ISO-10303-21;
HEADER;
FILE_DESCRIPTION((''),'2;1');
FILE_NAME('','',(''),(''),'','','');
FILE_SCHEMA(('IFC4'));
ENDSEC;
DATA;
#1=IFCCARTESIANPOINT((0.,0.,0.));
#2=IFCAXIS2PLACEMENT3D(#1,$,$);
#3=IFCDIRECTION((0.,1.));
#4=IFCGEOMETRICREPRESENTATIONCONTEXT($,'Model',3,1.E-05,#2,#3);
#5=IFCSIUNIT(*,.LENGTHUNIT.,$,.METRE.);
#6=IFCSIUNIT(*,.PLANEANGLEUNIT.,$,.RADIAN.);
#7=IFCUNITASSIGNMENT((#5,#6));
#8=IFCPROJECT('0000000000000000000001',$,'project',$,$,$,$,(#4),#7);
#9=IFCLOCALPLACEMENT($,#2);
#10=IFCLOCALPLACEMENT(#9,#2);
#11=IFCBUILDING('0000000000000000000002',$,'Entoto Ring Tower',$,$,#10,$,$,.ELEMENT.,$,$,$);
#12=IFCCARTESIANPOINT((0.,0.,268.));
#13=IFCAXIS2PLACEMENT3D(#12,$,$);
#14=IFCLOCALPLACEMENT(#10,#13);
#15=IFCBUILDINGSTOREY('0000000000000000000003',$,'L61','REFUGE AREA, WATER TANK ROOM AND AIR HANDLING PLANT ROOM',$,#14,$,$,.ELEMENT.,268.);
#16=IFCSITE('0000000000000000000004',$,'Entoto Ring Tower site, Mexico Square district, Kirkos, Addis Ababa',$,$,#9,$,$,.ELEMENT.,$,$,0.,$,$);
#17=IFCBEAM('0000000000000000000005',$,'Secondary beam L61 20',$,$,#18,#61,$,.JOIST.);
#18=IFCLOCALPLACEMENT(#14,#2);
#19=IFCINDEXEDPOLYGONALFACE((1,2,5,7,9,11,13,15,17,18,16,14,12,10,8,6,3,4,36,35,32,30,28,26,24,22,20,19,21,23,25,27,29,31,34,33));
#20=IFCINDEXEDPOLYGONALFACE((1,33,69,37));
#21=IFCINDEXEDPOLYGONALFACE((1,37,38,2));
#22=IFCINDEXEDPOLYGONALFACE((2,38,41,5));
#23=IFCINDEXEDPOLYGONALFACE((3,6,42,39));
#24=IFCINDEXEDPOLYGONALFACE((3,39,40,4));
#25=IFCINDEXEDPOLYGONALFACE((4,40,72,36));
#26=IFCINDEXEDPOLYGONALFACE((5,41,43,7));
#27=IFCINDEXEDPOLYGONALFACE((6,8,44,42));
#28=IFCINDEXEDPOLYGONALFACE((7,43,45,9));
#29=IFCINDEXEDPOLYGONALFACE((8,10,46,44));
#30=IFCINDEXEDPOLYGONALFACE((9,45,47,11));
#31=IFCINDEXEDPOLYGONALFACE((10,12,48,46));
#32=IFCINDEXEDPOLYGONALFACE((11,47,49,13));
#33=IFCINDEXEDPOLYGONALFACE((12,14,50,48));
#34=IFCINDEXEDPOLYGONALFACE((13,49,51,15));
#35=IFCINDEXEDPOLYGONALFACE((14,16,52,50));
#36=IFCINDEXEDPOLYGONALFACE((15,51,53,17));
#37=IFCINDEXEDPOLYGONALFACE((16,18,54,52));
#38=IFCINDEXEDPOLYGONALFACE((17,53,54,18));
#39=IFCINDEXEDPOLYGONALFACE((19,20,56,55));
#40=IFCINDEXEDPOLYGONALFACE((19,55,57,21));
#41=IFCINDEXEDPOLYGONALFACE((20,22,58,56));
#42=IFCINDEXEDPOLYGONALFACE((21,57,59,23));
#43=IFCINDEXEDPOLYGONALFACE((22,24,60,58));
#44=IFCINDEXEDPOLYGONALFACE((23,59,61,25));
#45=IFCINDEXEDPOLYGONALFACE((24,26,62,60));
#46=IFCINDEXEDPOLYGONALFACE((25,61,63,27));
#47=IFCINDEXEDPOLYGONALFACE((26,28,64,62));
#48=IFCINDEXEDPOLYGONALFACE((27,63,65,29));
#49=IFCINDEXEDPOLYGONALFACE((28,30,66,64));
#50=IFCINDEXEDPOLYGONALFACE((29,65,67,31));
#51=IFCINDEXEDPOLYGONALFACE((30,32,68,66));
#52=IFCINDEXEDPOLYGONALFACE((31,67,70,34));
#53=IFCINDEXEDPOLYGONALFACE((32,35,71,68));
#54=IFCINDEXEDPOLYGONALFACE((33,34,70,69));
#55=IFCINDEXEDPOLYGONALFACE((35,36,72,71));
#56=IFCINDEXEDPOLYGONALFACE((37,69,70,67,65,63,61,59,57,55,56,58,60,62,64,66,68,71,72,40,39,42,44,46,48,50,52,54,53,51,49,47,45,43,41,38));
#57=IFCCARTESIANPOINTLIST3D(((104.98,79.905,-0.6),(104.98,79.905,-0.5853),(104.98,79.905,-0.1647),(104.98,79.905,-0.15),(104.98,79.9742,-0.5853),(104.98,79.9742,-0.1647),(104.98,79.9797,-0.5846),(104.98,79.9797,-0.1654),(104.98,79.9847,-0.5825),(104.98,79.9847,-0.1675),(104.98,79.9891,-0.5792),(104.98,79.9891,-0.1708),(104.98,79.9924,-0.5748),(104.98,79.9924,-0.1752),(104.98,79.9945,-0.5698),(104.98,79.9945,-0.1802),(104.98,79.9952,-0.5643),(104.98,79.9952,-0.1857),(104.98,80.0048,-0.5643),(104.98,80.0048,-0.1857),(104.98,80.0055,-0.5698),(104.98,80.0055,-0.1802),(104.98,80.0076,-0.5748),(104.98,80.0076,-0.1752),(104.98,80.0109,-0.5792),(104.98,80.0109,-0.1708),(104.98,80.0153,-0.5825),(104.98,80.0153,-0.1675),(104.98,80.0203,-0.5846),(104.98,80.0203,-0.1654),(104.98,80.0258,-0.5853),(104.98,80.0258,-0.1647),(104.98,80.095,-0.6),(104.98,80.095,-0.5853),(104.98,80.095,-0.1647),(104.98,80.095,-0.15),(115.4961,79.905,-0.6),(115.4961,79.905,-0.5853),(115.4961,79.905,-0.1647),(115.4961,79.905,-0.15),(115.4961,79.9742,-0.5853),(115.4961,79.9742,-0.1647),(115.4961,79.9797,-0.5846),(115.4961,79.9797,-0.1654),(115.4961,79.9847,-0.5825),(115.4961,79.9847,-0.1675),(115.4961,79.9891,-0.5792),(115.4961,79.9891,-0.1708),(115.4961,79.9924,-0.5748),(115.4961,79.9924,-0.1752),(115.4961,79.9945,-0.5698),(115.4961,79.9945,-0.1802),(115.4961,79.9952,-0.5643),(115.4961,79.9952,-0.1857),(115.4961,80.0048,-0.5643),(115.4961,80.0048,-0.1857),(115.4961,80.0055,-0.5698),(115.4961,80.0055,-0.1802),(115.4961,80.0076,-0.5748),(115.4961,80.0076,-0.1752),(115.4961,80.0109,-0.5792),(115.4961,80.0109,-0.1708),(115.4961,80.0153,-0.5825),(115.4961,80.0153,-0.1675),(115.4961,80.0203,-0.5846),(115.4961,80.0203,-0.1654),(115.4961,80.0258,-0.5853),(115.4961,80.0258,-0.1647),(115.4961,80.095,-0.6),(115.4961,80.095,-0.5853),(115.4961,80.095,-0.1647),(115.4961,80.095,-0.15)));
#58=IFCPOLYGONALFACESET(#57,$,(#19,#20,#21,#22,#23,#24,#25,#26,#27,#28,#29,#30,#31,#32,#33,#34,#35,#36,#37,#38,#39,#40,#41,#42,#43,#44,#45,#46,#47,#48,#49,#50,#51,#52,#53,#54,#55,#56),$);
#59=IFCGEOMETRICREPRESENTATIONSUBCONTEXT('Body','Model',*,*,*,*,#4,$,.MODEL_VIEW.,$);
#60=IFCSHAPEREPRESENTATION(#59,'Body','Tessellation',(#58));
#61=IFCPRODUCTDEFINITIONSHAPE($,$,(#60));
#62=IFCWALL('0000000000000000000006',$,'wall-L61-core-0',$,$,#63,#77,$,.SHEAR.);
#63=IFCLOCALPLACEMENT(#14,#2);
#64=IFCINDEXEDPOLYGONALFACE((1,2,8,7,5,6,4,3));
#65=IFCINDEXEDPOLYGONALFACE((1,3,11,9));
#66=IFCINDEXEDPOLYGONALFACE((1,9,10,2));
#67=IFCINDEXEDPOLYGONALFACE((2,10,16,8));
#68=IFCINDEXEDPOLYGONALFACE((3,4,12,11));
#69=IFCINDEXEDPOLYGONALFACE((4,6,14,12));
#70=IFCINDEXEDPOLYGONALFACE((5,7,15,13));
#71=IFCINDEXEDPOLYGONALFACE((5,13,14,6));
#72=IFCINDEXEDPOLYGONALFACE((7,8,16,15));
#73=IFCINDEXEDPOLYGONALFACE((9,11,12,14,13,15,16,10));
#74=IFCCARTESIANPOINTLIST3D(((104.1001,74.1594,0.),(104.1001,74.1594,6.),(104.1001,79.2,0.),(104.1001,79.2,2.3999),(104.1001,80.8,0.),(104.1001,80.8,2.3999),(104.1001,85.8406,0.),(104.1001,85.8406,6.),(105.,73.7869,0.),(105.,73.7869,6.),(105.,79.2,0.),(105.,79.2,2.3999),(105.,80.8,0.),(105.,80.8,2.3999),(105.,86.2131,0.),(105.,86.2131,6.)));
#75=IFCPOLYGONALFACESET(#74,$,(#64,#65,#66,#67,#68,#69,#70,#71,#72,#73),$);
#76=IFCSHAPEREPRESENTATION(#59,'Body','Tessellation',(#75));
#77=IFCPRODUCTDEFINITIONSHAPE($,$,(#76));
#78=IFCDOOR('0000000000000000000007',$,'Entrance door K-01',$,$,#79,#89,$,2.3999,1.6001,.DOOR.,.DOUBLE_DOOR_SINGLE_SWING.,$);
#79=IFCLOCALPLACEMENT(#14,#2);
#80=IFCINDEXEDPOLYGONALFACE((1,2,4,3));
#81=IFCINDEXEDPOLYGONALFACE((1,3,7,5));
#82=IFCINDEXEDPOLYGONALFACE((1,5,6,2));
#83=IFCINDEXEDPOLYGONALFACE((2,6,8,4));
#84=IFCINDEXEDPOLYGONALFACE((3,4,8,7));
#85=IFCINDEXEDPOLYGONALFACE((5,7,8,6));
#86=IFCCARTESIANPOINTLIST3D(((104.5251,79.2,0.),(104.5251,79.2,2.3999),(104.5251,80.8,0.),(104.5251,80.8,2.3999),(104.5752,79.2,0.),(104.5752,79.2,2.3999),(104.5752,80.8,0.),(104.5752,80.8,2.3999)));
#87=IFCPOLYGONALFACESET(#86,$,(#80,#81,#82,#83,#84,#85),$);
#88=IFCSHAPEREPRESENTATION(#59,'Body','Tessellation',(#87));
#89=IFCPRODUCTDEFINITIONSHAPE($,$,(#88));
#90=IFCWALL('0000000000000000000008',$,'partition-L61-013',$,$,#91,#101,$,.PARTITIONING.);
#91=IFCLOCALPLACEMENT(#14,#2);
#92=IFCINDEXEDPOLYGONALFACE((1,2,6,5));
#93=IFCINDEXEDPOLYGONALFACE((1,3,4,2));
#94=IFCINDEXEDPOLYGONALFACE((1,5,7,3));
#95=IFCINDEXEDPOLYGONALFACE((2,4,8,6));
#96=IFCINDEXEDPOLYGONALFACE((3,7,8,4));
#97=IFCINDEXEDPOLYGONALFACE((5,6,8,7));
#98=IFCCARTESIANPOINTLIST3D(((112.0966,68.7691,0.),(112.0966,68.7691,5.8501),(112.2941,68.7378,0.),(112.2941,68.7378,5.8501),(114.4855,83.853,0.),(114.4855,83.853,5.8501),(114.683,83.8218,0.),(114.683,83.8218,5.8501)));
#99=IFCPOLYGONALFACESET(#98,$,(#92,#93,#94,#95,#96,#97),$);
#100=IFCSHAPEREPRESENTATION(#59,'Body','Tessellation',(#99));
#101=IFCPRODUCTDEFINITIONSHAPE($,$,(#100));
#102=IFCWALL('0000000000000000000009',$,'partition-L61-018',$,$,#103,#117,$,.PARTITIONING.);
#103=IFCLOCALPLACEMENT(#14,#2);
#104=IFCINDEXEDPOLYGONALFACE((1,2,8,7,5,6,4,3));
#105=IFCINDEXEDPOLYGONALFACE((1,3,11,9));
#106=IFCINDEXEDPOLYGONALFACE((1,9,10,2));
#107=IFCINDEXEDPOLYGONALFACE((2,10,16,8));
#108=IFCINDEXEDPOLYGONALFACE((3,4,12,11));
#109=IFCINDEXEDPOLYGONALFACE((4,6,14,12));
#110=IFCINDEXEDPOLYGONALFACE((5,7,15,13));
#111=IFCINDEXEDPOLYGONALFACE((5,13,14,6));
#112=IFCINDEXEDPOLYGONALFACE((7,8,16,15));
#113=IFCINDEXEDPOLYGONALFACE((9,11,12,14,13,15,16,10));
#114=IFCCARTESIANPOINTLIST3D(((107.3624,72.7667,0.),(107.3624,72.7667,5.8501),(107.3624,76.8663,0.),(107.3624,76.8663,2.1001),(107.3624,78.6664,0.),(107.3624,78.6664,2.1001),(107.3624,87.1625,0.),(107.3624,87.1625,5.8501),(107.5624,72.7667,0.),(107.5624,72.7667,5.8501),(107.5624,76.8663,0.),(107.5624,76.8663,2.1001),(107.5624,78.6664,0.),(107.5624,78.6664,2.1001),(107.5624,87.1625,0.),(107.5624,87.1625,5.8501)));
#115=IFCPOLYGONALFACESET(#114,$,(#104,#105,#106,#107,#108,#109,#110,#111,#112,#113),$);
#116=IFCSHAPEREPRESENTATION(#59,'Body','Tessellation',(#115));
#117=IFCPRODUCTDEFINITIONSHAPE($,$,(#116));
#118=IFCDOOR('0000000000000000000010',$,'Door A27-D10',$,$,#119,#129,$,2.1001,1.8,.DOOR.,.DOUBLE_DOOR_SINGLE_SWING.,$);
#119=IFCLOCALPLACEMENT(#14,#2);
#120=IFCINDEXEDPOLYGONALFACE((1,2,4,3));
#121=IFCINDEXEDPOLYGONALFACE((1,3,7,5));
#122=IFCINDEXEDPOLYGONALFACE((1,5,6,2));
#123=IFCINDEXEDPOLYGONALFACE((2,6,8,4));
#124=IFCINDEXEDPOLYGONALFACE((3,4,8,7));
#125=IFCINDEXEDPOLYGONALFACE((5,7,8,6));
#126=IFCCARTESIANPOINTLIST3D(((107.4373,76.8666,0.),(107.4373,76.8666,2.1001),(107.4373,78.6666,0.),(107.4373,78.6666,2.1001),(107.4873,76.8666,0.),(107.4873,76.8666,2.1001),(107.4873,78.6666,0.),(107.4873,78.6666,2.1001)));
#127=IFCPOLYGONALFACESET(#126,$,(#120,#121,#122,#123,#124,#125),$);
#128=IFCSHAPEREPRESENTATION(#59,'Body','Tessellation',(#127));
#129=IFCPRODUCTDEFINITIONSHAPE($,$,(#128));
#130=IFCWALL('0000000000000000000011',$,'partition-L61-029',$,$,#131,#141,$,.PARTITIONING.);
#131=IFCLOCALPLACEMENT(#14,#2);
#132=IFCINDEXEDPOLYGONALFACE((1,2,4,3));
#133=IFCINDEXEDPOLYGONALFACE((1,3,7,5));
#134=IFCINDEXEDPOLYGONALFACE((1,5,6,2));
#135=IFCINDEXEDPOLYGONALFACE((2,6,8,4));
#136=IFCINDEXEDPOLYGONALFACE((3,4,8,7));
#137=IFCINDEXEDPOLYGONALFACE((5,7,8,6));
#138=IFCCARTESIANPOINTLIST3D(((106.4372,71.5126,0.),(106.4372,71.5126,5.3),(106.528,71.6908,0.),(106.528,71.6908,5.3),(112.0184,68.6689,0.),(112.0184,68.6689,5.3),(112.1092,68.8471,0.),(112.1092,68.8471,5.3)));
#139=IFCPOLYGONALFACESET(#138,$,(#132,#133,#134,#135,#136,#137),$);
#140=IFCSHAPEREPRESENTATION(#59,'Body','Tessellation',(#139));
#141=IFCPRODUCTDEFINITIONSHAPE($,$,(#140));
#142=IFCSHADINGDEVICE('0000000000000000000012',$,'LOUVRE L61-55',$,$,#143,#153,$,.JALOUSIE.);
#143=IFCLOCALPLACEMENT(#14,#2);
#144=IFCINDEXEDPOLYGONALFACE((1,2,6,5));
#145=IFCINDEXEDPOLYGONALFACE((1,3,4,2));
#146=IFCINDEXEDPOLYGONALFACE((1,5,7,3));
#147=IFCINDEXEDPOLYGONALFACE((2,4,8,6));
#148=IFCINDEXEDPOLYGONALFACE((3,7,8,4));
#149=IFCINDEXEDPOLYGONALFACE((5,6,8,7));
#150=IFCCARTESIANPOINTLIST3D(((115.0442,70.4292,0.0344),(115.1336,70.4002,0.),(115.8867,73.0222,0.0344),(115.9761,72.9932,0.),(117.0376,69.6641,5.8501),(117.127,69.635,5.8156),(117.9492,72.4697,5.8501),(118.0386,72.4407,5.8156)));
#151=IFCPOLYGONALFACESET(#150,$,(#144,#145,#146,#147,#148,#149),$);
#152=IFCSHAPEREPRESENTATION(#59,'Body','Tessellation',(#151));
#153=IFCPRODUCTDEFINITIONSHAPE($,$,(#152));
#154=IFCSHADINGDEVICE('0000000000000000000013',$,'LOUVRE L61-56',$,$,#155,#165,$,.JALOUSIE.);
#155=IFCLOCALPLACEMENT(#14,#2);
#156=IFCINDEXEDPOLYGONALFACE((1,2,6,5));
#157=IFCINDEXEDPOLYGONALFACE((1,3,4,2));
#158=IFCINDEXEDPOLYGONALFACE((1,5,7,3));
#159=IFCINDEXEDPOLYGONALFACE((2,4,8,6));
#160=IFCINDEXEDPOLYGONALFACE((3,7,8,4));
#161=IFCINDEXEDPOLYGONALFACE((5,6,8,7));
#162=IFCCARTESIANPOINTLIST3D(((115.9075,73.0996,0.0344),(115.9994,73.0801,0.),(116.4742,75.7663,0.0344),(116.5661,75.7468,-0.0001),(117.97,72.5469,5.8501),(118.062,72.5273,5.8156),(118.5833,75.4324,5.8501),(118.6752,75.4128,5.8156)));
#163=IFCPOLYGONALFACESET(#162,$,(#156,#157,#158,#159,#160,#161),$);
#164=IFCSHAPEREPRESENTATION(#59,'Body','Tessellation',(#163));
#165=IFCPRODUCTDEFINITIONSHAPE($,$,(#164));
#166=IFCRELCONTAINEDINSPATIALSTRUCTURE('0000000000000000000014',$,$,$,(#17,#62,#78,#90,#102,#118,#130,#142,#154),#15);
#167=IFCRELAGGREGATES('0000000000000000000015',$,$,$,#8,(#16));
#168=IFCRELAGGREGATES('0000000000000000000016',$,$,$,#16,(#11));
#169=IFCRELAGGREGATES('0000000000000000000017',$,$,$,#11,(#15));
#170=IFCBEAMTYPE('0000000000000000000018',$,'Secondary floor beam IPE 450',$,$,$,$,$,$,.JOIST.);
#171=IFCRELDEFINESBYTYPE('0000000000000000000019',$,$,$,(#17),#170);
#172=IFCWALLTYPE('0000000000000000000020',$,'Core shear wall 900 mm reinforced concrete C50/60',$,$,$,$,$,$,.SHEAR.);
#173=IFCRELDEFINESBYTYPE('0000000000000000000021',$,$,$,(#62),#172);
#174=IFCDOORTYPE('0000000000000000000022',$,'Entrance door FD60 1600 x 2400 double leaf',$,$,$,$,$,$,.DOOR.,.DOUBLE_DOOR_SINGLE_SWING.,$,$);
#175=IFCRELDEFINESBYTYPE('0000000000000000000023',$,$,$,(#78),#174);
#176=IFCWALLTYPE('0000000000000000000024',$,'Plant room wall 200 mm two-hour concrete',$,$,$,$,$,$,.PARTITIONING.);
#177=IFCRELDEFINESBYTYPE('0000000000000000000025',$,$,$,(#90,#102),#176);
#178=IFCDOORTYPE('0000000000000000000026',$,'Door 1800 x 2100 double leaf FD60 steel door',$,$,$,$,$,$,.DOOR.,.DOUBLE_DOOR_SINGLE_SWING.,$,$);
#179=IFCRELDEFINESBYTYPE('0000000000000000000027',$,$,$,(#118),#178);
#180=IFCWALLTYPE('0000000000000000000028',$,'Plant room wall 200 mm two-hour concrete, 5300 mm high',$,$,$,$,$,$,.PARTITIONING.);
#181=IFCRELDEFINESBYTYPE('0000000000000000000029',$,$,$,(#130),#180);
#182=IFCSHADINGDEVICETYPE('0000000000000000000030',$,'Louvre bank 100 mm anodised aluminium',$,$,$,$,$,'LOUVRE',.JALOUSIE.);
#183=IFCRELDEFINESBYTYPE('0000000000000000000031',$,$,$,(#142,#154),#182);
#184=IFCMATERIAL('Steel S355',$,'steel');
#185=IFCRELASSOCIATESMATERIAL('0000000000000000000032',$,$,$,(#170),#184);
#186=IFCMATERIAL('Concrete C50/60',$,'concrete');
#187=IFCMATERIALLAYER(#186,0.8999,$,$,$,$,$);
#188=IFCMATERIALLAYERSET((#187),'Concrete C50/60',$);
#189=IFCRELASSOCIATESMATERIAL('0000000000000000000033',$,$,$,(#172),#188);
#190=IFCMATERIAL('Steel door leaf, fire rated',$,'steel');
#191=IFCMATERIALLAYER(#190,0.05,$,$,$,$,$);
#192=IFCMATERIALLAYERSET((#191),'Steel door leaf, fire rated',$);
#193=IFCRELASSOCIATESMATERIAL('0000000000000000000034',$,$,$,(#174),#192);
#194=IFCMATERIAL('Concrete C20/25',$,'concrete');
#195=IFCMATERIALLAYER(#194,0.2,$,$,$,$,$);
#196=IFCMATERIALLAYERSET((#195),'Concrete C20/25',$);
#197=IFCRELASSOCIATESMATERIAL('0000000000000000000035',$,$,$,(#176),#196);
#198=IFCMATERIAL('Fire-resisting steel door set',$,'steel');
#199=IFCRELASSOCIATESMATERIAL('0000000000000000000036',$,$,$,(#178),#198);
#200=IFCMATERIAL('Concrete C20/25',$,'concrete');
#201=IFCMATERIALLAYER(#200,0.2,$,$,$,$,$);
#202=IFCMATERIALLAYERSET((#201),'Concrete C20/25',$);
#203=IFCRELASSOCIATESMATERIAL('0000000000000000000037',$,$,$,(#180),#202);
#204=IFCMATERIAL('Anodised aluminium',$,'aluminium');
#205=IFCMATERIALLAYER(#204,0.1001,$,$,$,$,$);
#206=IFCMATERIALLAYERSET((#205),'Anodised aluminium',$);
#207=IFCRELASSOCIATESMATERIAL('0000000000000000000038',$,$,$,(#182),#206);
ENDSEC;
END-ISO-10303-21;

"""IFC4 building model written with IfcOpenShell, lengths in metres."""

from ifc_helpers import new_model, si_unit, direction, frame, frame_2d, origin, origin_2d, place, context, subcontext, project, spatial, polyline, rectangle, i_section, outline, extrude, material, layer, layer_set, material_profile, profile_set, type_object, element, fill, save


model = new_model("IFC4")

# Units and contexts
model_context = context("Model", 3, precision=1e-05, world=origin(), true_north=direction((0.0, 1.0)))
body_context = subcontext(model_context, "Body", "Model", "MODEL_VIEW")
ifc_project = project(units=[si_unit("LENGTHUNIT", "METRE"), si_unit("PLANEANGLEUNIT", "RADIAN")], contexts=[model_context])

# Site, building, storey
site_placement = place(None, origin())
site = spatial("IfcSite", under=ifc_project, at=site_placement, Name="Entoto Ring Tower site, Mexico Square district, Kirkos, Addis Ababa", CompositionType="ELEMENT", RefElevation=0.0)
building_placement = place(site_placement, origin())
building = spatial("IfcBuilding", under=site, at=building_placement, Name="Entoto Ring Tower", CompositionType="ELEMENT")
storey_placement = place(building_placement, frame((0.0, 0.0, 268.0)))
storey = spatial("IfcBuildingStorey", under=building, at=storey_placement, Name="L61", Description="REFUGE AREA, WATER TANK ROOM AND AIR HANDLING PLANT ROOM", CompositionType="ELEMENT", Elevation=268.0)

# Beam
ifc_material_1 = material(Name="Steel S355", Category="steel")
ifc_material_profile_1 = material_profile(ifc_material_1, i_section(OverallWidth=0.1899, OverallDepth=0.45, WebThickness=0.0095, FlangeThickness=0.0146, FilletRadius=0.021, at=origin_2d()), Name="IPE 450")
ifc_profile_set_1 = profile_set([ifc_material_profile_1], Name="Steel S355")
beam_type_1 = type_object("IfcBeamType", Name="Secondary floor beam IPE 450", PredefinedType="JOIST", material=ifc_profile_set_1)
beam_1_placement = place(storey_placement, frame((104.98, 80.0, -0.375), z_axis=(1.0, 0.0, 0.0), x_axis=(0.0, 1.0, 0.0)))
element("IfcBeam", 1, at=beam_1_placement, inside=storey, type_object=beam_type_1, Name="Secondary beam L61 20", PredefinedType="JOIST", context=body_context, shape_type="SweptSolid", body=[
    extrude(i_section(OverallWidth=0.1899, OverallDepth=0.45, WebThickness=0.0095, FlangeThickness=0.0146, FilletRadius=0.021, at=origin_2d()), origin(), (0.0, 0.0, 1.0), 10.5161),
])

# Wall, opening, door
ifc_material_2 = material(Name="Concrete C50/60", Category="concrete")
ifc_layer_1 = layer(ifc_material_2, 0.8999)
ifc_layer_set_1 = layer_set([ifc_layer_1], Name="Concrete C50/60")
wall_type_1 = type_object("IfcWallType", Name="Core shear wall 900 mm reinforced concrete C50/60", PredefinedType="SHEAR", material=ifc_layer_set_1)
wall_1_placement = place(storey_placement, frame((104.55, 73.9731, 0.0), z_axis=(0.0, 0.0, 1.0), x_axis=(0.0, 1.0, 0.0)))
wall_1 = element("IfcWall", 2, at=wall_1_placement, inside=storey, type_object=wall_type_1, Name="wall-L61-core-0", PredefinedType="SHEAR", context=body_context, shape_type="SweptSolid", body=[
    extrude(outline(polyline([(-0.1863, -0.45), (12.24, -0.45), (11.8674, 0.45), (0.1863, 0.45), (-0.1863, -0.45)])), origin(), (0.0, 0.0, 1.0), 6.0),
])
opening_1_placement = place(wall_1_placement, frame((5.2268, 0.0, 0.0)))
opening_1 = element("IfcOpeningElement", 3, at=opening_1_placement, cuts=wall_1, PredefinedType="OPENING", context=body_context, shape_type="SweptSolid", body=[
    extrude(rectangle(XDim=1.6001, YDim=2.3999, at=frame_2d((0.8, 1.2))), frame((0.0, 0.46, 0.0), z_axis=(0.0, -1.0, 0.0), x_axis=(1.0, 0.0, 0.0)), (0.0, 0.0, 1.0), 0.9199),
])
ifc_material_3 = material(Name="Steel door leaf, fire rated", Category="steel")
ifc_layer_2 = layer(ifc_material_3, 0.05)
ifc_layer_set_2 = layer_set([ifc_layer_2], Name="Steel door leaf, fire rated")
door_type_1 = type_object("IfcDoorType", Name="Entrance door FD60 1600 x 2400 double leaf", OperationType="DOUBLE_DOOR_SINGLE_SWING", PredefinedType="DOOR", material=ifc_layer_set_2)
door_1_placement = place(opening_1_placement, origin())
door_1 = element("IfcDoor", 4, at=door_1_placement, inside=storey, type_object=door_type_1, Name="Entrance door K-01", OperationType="DOUBLE_DOOR_SINGLE_SWING", OverallHeight=2.3999, OverallWidth=1.6001, PredefinedType="DOOR", context=body_context, shape_type="SweptSolid", body=[
    extrude(rectangle(XDim=1.6001, YDim=2.3999, at=frame_2d((0.8, 1.2))), frame((0.0, 0.0249, 0.0), z_axis=(0.0, -1.0, 0.0), x_axis=(1.0, 0.0, 0.0)), (0.0, 0.0, 1.0), 0.05),
])
fill(opening_1, door_1)

# Wall
ifc_material_4 = material(Name="Concrete C20/25", Category="concrete")
ifc_layer_3 = layer(ifc_material_4, 0.2)
ifc_layer_set_3 = layer_set([ifc_layer_3], Name="Concrete C20/25")
wall_type_2 = type_object("IfcWallType", Name="Plant room wall 200 mm two-hour concrete", PredefinedType="PARTITIONING", material=ifc_layer_set_3)
wall_2_placement = place(storey_placement, frame((112.1953, 68.7534, 0.0), z_axis=(0.0, 0.0, 1.0), x_axis=(0.156425, 0.98769, 0.0)))
element("IfcWall", 5, at=wall_2_placement, inside=storey, type_object=wall_type_2, Name="partition-L61-013", PredefinedType="PARTITIONING", context=body_context, shape_type="SweptSolid", body=[
    extrude(rectangle(XDim=15.272, YDim=0.2, at=frame_2d((7.636, 0.0))), origin(), (0.0, 0.0, 1.0), 5.8501),
])

# Wall, opening, door
wall_3_placement = place(storey_placement, frame((107.4624, 72.7668, 0.0), z_axis=(0.0, 0.0, 1.0), x_axis=(0.0, 1.0, 0.0)))
wall_3 = element("IfcWall", 6, at=wall_3_placement, inside=storey, type_object=wall_type_2, Name="partition-L61-018", PredefinedType="PARTITIONING", context=body_context, shape_type="SweptSolid", body=[
    extrude(rectangle(XDim=14.3958, YDim=0.2, at=frame_2d((7.1978, 0.0))), origin(), (0.0, 0.0, 1.0), 5.8501),
])
opening_2_placement = place(wall_3_placement, frame((4.0996, 0.0, 0.0)))
opening_2 = element("IfcOpeningElement", 7, at=opening_2_placement, cuts=wall_3, PredefinedType="OPENING", context=body_context, shape_type="SweptSolid", body=[
    extrude(rectangle(XDim=1.8, YDim=2.1001, at=frame_2d((0.8999, 1.05))), frame((0.0, 0.1099, 0.0), z_axis=(0.0, -1.0, 0.0), x_axis=(1.0, 0.0, 0.0)), (0.0, 0.0, 1.0), 0.22),
])
ifc_material_5 = material(Name="Fire-resisting steel door set", Category="steel")
door_type_2 = type_object("IfcDoorType", Name="Door 1800 x 2100 double leaf FD60 steel door", OperationType="DOUBLE_DOOR_SINGLE_SWING", PredefinedType="DOOR", material=ifc_material_5)
door_2_placement = place(opening_2_placement, frame((1.8, 0.0, 0.0), z_axis=(0.0, 0.0, 1.0), x_axis=(-1.0, 0.0, 0.0)))
door_2 = element("IfcDoor", 8, at=door_2_placement, inside=storey, type_object=door_type_2, Name="Door A27-D10", OperationType="DOUBLE_DOOR_SINGLE_SWING", OverallHeight=2.1001, OverallWidth=1.8, PredefinedType="DOOR", context=body_context, shape_type="SweptSolid", body=[
    extrude(rectangle(XDim=1.8, YDim=2.1001, at=frame_2d((0.8999, 1.05))), frame((0.0, 0.0249, 0.0), z_axis=(0.0, -1.0, 0.0), x_axis=(1.0, 0.0, 0.0)), (0.0, 0.0, 1.0), 0.05),
])
fill(opening_2, door_2)

# Wall
ifc_material_6 = material(Name="Concrete C20/25", Category="concrete")
ifc_layer_4 = layer(ifc_material_6, 0.2)
ifc_layer_set_4 = layer_set([ifc_layer_4], Name="Concrete C20/25")
wall_type_3 = type_object("IfcWallType", Name="Plant room wall 200 mm two-hour concrete, 5300 mm high", PredefinedType="PARTITIONING", material=ifc_layer_set_4)
wall_4_placement = place(storey_placement, frame((112.0637, 68.7581, 0.0), z_axis=(0.0, 0.0, 1.0), x_axis=(-0.891011, 0.453982, 0.0)))
element("IfcWall", 9, at=wall_4_placement, inside=storey, type_object=wall_type_3, Name="partition-L61-029", PredefinedType="PARTITIONING", context=body_context, shape_type="SweptSolid", body=[
    extrude(rectangle(XDim=6.2639, YDim=0.2, at=frame_2d((3.1318, 0.0))), origin(), (0.0, 0.0, 1.0), 5.3),
])

# Shading devices
ifc_material_7 = material(Name="Anodised aluminium", Category="aluminium")
ifc_layer_5 = layer(ifc_material_7, 0.1001)
ifc_layer_set_5 = layer_set([ifc_layer_5], Name="Anodised aluminium")
shading_device_type = type_object("IfcShadingDeviceType", Name="Louvre bank 100 mm anodised aluminium", ElementType="LOUVRE", PredefinedType="JALOUSIE", material=ifc_layer_set_5)
shading_device_1_placement = place(storey_placement, frame((115.0442, 70.4292, 0.0344), z_axis=(-0.89293, 0.290133, 0.344236), x_axis=(0.309019, 0.951056, 0.0)))
element("IfcShadingDevice", 10, at=shading_device_1_placement, inside=storey, type_object=shading_device_type, Name="LOUVRE L61-55", PredefinedType="JALOUSIE", context=body_context, shape_type="SweptSolid", body=[
    extrude(outline(polyline([(0.0, 0.0), (2.7265, 0.0), (2.8384, -6.1942), (-0.1117, -6.1942), (0.0, 0.0)])), origin(), (0.0, 0.0, -1.0), 0.1001),
])
shading_device_2_placement = place(storey_placement, frame((115.9075, 73.0996, 0.0344), z_axis=(-0.918367, 0.195166, 0.344255), x_axis=(0.207869, 0.978157, -0.000008)))
element("IfcShadingDevice", 11, at=shading_device_2_placement, inside=storey, type_object=shading_device_type, Name="LOUVRE L61-56", PredefinedType="JALOUSIE", context=body_context, shape_type="SweptSolid", body=[
    extrude(outline(polyline([(0.0, 0.0), (2.7263, 0.0), (2.838, -6.1943), (-0.112, -6.1943), (0.0, 0.0)])), origin(), (0.0, 0.0, -1.0), 0.1001),
])

save(model, "model.ifc")
